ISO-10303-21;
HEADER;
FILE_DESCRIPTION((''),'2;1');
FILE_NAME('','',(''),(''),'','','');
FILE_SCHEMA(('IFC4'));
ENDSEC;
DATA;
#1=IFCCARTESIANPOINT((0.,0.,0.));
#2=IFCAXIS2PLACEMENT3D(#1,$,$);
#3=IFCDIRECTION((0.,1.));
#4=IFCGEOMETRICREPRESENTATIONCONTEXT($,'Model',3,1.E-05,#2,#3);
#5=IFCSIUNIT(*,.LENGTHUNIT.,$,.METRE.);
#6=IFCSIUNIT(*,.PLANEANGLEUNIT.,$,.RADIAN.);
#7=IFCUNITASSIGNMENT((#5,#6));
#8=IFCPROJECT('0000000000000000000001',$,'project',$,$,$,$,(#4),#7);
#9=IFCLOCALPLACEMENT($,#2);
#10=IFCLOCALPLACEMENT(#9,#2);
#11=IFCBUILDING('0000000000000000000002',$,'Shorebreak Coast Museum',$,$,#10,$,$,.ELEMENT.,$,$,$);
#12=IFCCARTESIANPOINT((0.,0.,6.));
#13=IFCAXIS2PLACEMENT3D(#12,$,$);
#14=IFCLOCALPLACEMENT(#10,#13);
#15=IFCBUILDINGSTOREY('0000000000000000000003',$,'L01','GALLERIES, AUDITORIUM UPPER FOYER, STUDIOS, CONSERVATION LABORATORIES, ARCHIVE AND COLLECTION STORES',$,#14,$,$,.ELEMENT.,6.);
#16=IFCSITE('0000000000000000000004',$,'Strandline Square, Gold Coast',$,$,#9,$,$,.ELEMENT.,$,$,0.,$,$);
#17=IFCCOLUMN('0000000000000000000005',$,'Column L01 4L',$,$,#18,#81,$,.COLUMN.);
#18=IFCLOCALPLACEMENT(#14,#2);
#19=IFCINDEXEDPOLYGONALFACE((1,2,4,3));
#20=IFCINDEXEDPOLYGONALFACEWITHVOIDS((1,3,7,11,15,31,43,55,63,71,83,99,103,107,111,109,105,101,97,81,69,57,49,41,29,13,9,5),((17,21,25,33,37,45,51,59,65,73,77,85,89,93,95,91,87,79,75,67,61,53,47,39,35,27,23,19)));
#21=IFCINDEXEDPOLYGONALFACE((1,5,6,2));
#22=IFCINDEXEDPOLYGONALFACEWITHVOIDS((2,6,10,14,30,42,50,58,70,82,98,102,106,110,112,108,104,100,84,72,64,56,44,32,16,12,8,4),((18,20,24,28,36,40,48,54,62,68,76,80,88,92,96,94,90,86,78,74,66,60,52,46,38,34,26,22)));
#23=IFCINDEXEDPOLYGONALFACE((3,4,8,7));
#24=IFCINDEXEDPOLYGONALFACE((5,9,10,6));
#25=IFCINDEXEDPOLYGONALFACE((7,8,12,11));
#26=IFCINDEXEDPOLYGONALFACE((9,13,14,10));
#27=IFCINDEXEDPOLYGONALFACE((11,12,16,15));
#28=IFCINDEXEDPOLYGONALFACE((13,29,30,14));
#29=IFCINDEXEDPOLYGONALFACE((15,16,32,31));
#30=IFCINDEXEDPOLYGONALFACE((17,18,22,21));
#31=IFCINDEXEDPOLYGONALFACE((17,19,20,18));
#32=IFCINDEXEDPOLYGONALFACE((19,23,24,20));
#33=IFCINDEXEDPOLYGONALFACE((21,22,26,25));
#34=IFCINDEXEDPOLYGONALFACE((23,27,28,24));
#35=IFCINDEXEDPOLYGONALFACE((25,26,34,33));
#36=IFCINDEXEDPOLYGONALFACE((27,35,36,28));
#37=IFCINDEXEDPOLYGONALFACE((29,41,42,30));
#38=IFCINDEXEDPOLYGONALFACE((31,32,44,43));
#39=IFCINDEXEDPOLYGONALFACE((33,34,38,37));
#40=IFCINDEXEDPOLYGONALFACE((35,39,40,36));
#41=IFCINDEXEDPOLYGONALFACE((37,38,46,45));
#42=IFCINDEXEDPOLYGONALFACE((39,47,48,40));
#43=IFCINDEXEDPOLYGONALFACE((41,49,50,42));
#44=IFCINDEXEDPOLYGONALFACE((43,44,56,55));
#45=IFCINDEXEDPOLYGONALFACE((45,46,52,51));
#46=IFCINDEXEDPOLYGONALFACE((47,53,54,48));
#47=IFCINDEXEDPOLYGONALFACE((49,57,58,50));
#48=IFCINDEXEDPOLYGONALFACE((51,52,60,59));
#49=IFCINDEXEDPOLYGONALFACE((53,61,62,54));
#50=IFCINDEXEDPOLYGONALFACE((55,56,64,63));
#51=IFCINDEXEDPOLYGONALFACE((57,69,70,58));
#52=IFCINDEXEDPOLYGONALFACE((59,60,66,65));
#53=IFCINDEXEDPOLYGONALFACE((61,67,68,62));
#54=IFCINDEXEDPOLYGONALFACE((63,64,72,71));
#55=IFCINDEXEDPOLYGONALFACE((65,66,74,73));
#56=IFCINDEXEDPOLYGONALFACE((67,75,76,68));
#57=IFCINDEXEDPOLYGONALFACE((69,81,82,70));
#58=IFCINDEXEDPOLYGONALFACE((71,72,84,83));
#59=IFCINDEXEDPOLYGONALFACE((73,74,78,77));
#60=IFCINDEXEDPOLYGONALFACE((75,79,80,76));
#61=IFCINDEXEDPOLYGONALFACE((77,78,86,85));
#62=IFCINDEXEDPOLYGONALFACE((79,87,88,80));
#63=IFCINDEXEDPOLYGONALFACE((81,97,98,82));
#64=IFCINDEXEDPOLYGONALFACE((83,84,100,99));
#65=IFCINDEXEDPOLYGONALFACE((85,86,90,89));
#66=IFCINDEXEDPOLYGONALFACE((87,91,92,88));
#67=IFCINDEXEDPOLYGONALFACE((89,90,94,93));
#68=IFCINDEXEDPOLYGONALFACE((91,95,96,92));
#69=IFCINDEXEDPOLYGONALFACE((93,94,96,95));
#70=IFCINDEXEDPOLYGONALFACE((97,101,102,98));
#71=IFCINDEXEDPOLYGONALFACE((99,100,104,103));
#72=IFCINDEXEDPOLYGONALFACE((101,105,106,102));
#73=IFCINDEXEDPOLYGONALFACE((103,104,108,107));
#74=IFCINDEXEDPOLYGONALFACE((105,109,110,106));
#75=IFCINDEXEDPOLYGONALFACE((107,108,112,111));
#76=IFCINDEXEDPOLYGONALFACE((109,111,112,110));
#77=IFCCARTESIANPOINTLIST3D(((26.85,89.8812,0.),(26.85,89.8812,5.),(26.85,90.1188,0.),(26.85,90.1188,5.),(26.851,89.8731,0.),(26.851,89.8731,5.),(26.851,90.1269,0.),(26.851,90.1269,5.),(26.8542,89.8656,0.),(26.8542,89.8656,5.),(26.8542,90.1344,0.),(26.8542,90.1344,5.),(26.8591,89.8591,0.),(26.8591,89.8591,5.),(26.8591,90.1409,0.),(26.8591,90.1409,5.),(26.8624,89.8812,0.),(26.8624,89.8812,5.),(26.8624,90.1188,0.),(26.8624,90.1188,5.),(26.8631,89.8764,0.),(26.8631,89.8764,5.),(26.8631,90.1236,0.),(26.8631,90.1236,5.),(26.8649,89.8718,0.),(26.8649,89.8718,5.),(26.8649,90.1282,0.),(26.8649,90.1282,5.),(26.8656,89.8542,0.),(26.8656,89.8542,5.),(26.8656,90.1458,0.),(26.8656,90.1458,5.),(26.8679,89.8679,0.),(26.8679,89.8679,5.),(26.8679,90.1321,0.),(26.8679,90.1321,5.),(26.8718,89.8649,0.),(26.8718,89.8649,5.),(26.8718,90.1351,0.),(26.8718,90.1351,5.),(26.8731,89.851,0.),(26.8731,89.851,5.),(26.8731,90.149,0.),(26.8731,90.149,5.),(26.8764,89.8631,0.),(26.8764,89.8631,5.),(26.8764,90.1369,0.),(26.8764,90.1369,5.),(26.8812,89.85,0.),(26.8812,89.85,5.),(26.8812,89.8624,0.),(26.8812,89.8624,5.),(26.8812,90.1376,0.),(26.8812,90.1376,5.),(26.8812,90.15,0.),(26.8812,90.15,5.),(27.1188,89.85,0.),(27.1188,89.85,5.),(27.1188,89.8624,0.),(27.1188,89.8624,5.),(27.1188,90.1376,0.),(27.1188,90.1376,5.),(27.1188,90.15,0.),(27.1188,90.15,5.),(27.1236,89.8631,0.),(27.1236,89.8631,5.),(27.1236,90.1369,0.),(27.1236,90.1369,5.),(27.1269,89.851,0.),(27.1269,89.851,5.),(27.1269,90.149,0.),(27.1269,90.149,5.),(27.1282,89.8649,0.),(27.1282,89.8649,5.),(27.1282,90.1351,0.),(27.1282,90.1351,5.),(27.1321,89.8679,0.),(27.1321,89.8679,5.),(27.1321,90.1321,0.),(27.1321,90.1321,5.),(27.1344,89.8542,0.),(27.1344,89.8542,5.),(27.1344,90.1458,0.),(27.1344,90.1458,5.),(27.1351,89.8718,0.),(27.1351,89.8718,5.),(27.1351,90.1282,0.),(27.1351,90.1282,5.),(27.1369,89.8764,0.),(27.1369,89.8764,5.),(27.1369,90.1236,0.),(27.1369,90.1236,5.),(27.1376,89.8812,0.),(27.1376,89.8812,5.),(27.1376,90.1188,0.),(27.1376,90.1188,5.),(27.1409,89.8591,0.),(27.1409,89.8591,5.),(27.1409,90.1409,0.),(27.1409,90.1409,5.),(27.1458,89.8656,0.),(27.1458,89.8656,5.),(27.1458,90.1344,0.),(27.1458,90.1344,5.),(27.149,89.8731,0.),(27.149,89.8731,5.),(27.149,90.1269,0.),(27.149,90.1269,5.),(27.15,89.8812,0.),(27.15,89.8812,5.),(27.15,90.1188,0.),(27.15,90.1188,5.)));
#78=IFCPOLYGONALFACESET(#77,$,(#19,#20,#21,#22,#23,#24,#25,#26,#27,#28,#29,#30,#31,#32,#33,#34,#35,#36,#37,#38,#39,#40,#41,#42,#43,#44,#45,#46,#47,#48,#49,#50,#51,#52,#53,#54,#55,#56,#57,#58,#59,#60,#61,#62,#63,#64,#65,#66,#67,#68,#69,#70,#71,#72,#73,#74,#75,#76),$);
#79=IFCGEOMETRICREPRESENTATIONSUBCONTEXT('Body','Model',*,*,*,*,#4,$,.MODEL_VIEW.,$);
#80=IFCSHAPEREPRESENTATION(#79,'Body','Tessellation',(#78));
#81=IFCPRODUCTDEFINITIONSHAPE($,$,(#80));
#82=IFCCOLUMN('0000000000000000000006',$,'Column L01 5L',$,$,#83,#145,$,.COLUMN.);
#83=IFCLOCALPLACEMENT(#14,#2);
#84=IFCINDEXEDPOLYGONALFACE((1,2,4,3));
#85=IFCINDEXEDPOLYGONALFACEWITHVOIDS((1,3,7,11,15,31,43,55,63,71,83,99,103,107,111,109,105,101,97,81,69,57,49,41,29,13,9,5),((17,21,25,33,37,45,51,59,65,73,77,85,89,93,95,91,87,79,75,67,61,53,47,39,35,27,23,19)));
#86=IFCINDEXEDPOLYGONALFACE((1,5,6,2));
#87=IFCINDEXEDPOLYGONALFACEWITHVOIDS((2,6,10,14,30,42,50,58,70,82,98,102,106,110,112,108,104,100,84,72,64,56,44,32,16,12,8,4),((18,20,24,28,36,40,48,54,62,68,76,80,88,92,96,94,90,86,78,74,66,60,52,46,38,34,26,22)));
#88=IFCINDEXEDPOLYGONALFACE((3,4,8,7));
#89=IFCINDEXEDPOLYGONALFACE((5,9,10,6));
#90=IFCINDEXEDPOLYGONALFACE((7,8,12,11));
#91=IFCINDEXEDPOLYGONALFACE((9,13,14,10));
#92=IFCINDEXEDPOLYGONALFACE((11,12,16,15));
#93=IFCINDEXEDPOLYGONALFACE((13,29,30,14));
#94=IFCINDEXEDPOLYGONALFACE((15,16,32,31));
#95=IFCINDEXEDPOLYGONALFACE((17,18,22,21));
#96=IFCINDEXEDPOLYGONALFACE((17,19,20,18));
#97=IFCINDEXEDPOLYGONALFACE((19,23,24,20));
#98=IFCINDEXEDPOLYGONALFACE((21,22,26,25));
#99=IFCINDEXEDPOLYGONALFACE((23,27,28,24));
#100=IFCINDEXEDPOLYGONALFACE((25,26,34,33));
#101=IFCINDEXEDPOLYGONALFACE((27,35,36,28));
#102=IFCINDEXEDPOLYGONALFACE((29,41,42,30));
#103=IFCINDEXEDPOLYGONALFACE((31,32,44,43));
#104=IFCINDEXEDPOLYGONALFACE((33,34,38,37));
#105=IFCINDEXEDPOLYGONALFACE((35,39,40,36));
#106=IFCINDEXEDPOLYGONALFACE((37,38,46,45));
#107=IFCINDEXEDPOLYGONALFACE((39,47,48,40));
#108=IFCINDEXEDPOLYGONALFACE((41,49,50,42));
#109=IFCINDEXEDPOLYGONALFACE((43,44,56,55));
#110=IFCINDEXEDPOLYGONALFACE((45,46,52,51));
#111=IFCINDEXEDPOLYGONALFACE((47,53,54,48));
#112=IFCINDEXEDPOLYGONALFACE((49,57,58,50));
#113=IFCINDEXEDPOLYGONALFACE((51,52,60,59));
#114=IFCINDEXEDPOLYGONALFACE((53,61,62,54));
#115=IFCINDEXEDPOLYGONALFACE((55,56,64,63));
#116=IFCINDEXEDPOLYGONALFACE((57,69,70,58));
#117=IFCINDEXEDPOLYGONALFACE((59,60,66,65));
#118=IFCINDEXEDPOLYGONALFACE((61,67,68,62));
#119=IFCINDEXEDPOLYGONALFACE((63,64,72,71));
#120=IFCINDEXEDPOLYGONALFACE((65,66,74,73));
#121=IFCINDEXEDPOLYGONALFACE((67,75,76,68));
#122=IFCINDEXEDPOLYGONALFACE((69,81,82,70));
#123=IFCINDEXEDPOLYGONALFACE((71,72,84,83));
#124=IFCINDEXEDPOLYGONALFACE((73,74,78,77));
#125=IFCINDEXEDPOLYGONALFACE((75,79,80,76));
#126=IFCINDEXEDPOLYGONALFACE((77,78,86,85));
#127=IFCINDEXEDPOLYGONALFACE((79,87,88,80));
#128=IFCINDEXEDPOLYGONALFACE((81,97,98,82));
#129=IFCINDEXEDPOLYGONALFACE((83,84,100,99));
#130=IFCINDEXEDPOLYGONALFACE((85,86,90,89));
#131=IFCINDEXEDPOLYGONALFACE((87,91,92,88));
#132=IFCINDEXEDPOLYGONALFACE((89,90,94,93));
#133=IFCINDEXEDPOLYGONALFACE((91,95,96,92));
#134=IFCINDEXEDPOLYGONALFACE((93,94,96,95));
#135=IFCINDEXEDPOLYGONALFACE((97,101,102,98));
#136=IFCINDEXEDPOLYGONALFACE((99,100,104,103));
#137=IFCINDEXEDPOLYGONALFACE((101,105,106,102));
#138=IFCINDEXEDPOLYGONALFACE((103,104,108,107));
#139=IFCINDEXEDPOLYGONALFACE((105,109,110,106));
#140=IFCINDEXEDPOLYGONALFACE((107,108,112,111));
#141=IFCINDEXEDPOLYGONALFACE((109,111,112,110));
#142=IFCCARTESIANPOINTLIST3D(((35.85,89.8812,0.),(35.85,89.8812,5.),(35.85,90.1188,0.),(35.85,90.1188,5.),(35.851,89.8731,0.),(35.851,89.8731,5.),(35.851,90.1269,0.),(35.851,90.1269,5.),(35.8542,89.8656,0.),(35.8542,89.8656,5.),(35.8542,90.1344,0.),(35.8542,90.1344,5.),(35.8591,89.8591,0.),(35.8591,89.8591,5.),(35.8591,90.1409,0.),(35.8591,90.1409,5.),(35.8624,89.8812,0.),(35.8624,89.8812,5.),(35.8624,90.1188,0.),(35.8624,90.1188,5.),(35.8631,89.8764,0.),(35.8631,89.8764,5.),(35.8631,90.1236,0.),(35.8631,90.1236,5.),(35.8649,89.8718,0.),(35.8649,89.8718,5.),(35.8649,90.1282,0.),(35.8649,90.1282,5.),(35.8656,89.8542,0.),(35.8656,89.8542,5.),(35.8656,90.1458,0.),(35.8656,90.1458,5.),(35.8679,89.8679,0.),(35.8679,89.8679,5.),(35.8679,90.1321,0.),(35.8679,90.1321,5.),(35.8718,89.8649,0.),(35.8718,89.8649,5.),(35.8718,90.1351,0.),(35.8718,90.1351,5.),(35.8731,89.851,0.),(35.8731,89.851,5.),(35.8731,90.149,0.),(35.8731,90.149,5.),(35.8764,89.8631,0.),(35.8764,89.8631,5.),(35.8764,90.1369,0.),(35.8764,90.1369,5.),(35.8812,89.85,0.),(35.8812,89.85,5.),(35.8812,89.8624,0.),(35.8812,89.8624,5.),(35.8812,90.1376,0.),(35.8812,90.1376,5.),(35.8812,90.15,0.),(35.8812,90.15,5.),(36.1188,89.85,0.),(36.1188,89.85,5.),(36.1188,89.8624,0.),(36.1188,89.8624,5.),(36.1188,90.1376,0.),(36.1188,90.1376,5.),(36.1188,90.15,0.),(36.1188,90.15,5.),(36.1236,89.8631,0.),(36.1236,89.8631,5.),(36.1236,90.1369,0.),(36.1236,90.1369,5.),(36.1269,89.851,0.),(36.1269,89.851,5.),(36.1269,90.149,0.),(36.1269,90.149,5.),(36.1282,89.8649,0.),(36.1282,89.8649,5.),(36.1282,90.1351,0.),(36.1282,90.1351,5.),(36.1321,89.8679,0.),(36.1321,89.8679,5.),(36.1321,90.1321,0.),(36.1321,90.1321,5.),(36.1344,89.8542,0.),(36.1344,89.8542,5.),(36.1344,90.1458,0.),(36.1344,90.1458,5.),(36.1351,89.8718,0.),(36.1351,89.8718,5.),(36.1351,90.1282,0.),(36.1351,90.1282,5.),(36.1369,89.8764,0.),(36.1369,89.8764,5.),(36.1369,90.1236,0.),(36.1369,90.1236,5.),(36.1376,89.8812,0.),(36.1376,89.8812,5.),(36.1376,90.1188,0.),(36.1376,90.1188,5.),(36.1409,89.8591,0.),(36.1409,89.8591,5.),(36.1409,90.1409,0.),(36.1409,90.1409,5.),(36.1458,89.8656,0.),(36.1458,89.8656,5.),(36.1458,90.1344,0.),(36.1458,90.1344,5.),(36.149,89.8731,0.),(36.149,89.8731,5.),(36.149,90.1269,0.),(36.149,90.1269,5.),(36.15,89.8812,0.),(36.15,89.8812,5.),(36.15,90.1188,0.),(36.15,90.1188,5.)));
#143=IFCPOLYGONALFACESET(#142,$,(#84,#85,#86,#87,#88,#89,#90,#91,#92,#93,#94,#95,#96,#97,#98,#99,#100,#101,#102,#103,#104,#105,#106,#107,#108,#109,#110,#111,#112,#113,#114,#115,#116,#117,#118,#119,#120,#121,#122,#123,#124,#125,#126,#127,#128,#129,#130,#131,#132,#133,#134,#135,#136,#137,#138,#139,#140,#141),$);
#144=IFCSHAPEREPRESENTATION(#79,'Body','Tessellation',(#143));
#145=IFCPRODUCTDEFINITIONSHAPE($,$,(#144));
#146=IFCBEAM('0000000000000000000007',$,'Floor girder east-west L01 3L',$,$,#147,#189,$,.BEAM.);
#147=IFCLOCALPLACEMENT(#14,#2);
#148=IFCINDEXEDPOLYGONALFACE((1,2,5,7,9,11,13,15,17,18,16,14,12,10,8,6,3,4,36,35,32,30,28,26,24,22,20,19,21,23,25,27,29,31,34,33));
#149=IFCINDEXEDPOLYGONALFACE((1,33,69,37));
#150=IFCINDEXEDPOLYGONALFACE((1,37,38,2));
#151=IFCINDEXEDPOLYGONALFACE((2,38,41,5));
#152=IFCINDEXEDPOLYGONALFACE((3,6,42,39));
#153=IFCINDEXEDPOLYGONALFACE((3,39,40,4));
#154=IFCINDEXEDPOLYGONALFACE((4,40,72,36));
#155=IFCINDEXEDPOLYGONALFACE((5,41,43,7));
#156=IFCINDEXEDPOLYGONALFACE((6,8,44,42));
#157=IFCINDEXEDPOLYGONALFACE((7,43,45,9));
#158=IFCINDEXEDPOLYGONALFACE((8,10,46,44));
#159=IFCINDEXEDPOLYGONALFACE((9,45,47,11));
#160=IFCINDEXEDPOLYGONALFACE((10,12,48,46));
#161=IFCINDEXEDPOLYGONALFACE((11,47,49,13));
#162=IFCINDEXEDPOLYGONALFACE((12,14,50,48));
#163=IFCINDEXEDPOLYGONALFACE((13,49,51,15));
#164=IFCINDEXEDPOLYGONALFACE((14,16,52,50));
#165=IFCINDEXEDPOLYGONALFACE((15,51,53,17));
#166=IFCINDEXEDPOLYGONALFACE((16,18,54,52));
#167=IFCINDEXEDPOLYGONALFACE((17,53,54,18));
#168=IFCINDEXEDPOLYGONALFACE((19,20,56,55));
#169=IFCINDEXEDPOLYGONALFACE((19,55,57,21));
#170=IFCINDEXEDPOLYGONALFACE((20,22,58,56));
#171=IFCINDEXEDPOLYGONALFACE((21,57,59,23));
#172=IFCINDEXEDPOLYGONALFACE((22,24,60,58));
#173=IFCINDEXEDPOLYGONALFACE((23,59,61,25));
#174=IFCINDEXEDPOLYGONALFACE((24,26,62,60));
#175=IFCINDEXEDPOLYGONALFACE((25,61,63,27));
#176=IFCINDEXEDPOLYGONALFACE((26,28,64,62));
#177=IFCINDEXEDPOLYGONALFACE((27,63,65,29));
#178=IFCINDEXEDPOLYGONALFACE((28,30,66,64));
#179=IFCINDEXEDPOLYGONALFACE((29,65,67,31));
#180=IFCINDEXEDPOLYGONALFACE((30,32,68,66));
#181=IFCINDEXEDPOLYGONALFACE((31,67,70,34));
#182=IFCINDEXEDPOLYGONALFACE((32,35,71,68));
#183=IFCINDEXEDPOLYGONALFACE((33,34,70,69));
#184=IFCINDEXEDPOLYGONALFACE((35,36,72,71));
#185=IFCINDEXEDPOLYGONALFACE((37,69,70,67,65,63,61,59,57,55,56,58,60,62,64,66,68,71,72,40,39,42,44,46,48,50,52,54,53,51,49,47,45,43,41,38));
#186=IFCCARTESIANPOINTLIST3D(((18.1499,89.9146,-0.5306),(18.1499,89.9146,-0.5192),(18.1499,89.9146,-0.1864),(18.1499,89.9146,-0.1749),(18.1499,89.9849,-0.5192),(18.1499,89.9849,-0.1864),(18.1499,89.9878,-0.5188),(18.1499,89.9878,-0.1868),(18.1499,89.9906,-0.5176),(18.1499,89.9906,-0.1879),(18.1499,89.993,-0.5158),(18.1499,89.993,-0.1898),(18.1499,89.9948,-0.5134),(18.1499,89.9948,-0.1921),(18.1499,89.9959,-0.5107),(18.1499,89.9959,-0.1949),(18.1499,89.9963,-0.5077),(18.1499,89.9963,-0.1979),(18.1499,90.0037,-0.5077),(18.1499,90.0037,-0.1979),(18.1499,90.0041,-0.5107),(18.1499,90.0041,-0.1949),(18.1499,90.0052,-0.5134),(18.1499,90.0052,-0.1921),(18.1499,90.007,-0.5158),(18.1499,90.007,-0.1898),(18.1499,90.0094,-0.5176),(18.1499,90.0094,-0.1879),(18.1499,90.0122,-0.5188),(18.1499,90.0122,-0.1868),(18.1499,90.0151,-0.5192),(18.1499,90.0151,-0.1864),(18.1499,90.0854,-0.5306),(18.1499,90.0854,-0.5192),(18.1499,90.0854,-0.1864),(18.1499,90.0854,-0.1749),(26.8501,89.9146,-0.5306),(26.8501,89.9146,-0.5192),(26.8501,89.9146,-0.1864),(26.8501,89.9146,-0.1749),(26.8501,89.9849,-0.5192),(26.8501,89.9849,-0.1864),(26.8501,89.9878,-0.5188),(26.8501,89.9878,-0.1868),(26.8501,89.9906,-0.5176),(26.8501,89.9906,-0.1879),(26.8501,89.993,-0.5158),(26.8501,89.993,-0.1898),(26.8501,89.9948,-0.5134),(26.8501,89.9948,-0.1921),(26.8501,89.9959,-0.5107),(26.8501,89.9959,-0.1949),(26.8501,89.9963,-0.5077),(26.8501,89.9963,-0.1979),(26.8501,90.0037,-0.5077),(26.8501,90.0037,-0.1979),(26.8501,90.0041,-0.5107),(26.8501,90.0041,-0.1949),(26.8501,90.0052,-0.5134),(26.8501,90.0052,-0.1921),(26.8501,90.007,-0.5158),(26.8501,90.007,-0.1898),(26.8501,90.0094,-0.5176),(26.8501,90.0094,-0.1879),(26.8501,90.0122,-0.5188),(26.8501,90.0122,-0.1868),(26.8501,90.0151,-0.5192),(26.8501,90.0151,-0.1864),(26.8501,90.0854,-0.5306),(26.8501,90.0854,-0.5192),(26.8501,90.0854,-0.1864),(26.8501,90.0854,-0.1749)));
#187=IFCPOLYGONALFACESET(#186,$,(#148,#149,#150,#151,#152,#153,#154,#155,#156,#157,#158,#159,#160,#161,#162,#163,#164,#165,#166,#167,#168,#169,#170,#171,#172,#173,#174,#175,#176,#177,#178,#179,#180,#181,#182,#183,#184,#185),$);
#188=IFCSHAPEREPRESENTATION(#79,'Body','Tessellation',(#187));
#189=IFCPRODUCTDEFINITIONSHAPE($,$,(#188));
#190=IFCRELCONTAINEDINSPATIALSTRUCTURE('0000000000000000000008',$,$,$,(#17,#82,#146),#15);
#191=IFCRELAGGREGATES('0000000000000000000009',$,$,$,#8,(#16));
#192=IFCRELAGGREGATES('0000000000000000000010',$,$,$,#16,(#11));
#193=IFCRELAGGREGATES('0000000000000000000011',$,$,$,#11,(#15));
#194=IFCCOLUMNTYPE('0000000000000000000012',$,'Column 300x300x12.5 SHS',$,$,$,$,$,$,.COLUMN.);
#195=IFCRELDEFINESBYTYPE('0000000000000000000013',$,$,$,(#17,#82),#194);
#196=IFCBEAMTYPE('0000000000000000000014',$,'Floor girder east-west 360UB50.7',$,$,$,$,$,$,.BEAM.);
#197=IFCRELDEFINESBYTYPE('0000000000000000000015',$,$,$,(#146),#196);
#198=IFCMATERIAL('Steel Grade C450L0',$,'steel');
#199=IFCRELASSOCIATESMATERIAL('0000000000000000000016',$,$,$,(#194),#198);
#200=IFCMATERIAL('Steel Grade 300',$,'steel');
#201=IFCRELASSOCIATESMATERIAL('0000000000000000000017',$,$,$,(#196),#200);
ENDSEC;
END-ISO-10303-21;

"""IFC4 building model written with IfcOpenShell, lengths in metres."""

from ifc_helpers import new_model, si_unit, direction, frame, origin, origin_2d, place, context, subcontext, project, spatial, hollow_rectangle, i_section, extrude, material, material_profile, profile_set, type_object, element, save


model = new_model("IFC4")

# Units and contexts
model_context = context("Model", 3, precision=1e-05, world=origin(), true_north=direction((0.0, 1.0)))
body_context = subcontext(model_context, "Body", "Model", "MODEL_VIEW")
ifc_project = project(units=[si_unit("LENGTHUNIT", "METRE"), si_unit("PLANEANGLEUNIT", "RADIAN")], contexts=[model_context])

# Site, building, storey
site_placement = place(None, origin())
site = spatial("IfcSite", under=ifc_project, at=site_placement, Name="Strandline Square, Gold Coast", CompositionType="ELEMENT", RefElevation=0.0)
building_placement = place(site_placement, origin())
building = spatial("IfcBuilding", under=site, at=building_placement, Name="Shorebreak Coast Museum", CompositionType="ELEMENT")
storey_placement = place(building_placement, frame((0.0, 0.0, 6.0)))
storey = spatial("IfcBuildingStorey", under=building, at=storey_placement, Name="L01", Description="GALLERIES, AUDITORIUM UPPER FOYER, STUDIOS, CONSERVATION LABORATORIES, ARCHIVE AND COLLECTION STORES", CompositionType="ELEMENT", Elevation=6.0)

# Columns
ifc_material_1 = material(Name="Steel Grade C450L0", Category="steel")
ifc_material_profile_1 = material_profile(ifc_material_1, hollow_rectangle(XDim=0.3, YDim=0.3, WallThickness=0.0125, InnerFilletRadius=0.0188, OuterFilletRadius=0.0312, at=origin_2d()), Name="300x300x12.5 SHS")
ifc_profile_set_1 = profile_set([ifc_material_profile_1], Name="Steel Grade C450L0")
column_type = type_object("IfcColumnType", Name="Column 300x300x12.5 SHS", PredefinedType="COLUMN", material=ifc_profile_set_1)
for number, where, z_axis, x_axis, name in (
    (1, (27.0, 90.0, 0.0), (0.0, 0.0, 1.0), (1.0, 0.0, 0.0), "Column L01 4L"),
    (2, (36.0, 90.0, 0.0), (0.0, 0.0, 1.0), (1.0, 0.0, 0.0), "Column L01 5L"),
):
    element("IfcColumn", number, at=place(storey_placement, frame(where, z_axis=z_axis, x_axis=x_axis)), inside=storey, type_object=column_type, Name=name, PredefinedType="COLUMN", context=body_context, shape_type="SweptSolid", body=[
        extrude(hollow_rectangle(XDim=0.3, YDim=0.3, WallThickness=0.0125, InnerFilletRadius=0.0188, OuterFilletRadius=0.0312, at=origin_2d()), origin(), (0.0, 0.0, 1.0), 5.0),
    ])

# Beam
ifc_material_2 = material(Name="Steel Grade 300", Category="steel")
ifc_material_profile_2 = material_profile(ifc_material_2, i_section(OverallWidth=0.1709, OverallDepth=0.3557, WebThickness=0.0073, FlangeThickness=0.0115, FilletRadius=0.0115, at=origin_2d()), Name="360UB50.7")
ifc_profile_set_2 = profile_set([ifc_material_profile_2], Name="Steel Grade 300")
beam_type_1 = type_object("IfcBeamType", Name="Floor girder east-west 360UB50.7", PredefinedType="BEAM", material=ifc_profile_set_2)
for number, where, z_axis, x_axis, name in (
    (3, (18.1499, 90.0, -0.3528), (1.0, 0.0, 0.0), (0.0, 1.0, 0.0), "Floor girder east-west L01 3L"),
):
    element("IfcBeam", number, at=place(storey_placement, frame(where, z_axis=z_axis, x_axis=x_axis)), inside=storey, type_object=beam_type_1, Name=name, PredefinedType="BEAM", context=body_context, shape_type="SweptSolid", body=[
        extrude(i_section(OverallWidth=0.1709, OverallDepth=0.3557, WebThickness=0.0073, FlangeThickness=0.0115, FilletRadius=0.0115, at=origin_2d()), origin(), (0.0, 0.0, 1.0), 8.7002),
    ])

save(model, "model.ifc")
